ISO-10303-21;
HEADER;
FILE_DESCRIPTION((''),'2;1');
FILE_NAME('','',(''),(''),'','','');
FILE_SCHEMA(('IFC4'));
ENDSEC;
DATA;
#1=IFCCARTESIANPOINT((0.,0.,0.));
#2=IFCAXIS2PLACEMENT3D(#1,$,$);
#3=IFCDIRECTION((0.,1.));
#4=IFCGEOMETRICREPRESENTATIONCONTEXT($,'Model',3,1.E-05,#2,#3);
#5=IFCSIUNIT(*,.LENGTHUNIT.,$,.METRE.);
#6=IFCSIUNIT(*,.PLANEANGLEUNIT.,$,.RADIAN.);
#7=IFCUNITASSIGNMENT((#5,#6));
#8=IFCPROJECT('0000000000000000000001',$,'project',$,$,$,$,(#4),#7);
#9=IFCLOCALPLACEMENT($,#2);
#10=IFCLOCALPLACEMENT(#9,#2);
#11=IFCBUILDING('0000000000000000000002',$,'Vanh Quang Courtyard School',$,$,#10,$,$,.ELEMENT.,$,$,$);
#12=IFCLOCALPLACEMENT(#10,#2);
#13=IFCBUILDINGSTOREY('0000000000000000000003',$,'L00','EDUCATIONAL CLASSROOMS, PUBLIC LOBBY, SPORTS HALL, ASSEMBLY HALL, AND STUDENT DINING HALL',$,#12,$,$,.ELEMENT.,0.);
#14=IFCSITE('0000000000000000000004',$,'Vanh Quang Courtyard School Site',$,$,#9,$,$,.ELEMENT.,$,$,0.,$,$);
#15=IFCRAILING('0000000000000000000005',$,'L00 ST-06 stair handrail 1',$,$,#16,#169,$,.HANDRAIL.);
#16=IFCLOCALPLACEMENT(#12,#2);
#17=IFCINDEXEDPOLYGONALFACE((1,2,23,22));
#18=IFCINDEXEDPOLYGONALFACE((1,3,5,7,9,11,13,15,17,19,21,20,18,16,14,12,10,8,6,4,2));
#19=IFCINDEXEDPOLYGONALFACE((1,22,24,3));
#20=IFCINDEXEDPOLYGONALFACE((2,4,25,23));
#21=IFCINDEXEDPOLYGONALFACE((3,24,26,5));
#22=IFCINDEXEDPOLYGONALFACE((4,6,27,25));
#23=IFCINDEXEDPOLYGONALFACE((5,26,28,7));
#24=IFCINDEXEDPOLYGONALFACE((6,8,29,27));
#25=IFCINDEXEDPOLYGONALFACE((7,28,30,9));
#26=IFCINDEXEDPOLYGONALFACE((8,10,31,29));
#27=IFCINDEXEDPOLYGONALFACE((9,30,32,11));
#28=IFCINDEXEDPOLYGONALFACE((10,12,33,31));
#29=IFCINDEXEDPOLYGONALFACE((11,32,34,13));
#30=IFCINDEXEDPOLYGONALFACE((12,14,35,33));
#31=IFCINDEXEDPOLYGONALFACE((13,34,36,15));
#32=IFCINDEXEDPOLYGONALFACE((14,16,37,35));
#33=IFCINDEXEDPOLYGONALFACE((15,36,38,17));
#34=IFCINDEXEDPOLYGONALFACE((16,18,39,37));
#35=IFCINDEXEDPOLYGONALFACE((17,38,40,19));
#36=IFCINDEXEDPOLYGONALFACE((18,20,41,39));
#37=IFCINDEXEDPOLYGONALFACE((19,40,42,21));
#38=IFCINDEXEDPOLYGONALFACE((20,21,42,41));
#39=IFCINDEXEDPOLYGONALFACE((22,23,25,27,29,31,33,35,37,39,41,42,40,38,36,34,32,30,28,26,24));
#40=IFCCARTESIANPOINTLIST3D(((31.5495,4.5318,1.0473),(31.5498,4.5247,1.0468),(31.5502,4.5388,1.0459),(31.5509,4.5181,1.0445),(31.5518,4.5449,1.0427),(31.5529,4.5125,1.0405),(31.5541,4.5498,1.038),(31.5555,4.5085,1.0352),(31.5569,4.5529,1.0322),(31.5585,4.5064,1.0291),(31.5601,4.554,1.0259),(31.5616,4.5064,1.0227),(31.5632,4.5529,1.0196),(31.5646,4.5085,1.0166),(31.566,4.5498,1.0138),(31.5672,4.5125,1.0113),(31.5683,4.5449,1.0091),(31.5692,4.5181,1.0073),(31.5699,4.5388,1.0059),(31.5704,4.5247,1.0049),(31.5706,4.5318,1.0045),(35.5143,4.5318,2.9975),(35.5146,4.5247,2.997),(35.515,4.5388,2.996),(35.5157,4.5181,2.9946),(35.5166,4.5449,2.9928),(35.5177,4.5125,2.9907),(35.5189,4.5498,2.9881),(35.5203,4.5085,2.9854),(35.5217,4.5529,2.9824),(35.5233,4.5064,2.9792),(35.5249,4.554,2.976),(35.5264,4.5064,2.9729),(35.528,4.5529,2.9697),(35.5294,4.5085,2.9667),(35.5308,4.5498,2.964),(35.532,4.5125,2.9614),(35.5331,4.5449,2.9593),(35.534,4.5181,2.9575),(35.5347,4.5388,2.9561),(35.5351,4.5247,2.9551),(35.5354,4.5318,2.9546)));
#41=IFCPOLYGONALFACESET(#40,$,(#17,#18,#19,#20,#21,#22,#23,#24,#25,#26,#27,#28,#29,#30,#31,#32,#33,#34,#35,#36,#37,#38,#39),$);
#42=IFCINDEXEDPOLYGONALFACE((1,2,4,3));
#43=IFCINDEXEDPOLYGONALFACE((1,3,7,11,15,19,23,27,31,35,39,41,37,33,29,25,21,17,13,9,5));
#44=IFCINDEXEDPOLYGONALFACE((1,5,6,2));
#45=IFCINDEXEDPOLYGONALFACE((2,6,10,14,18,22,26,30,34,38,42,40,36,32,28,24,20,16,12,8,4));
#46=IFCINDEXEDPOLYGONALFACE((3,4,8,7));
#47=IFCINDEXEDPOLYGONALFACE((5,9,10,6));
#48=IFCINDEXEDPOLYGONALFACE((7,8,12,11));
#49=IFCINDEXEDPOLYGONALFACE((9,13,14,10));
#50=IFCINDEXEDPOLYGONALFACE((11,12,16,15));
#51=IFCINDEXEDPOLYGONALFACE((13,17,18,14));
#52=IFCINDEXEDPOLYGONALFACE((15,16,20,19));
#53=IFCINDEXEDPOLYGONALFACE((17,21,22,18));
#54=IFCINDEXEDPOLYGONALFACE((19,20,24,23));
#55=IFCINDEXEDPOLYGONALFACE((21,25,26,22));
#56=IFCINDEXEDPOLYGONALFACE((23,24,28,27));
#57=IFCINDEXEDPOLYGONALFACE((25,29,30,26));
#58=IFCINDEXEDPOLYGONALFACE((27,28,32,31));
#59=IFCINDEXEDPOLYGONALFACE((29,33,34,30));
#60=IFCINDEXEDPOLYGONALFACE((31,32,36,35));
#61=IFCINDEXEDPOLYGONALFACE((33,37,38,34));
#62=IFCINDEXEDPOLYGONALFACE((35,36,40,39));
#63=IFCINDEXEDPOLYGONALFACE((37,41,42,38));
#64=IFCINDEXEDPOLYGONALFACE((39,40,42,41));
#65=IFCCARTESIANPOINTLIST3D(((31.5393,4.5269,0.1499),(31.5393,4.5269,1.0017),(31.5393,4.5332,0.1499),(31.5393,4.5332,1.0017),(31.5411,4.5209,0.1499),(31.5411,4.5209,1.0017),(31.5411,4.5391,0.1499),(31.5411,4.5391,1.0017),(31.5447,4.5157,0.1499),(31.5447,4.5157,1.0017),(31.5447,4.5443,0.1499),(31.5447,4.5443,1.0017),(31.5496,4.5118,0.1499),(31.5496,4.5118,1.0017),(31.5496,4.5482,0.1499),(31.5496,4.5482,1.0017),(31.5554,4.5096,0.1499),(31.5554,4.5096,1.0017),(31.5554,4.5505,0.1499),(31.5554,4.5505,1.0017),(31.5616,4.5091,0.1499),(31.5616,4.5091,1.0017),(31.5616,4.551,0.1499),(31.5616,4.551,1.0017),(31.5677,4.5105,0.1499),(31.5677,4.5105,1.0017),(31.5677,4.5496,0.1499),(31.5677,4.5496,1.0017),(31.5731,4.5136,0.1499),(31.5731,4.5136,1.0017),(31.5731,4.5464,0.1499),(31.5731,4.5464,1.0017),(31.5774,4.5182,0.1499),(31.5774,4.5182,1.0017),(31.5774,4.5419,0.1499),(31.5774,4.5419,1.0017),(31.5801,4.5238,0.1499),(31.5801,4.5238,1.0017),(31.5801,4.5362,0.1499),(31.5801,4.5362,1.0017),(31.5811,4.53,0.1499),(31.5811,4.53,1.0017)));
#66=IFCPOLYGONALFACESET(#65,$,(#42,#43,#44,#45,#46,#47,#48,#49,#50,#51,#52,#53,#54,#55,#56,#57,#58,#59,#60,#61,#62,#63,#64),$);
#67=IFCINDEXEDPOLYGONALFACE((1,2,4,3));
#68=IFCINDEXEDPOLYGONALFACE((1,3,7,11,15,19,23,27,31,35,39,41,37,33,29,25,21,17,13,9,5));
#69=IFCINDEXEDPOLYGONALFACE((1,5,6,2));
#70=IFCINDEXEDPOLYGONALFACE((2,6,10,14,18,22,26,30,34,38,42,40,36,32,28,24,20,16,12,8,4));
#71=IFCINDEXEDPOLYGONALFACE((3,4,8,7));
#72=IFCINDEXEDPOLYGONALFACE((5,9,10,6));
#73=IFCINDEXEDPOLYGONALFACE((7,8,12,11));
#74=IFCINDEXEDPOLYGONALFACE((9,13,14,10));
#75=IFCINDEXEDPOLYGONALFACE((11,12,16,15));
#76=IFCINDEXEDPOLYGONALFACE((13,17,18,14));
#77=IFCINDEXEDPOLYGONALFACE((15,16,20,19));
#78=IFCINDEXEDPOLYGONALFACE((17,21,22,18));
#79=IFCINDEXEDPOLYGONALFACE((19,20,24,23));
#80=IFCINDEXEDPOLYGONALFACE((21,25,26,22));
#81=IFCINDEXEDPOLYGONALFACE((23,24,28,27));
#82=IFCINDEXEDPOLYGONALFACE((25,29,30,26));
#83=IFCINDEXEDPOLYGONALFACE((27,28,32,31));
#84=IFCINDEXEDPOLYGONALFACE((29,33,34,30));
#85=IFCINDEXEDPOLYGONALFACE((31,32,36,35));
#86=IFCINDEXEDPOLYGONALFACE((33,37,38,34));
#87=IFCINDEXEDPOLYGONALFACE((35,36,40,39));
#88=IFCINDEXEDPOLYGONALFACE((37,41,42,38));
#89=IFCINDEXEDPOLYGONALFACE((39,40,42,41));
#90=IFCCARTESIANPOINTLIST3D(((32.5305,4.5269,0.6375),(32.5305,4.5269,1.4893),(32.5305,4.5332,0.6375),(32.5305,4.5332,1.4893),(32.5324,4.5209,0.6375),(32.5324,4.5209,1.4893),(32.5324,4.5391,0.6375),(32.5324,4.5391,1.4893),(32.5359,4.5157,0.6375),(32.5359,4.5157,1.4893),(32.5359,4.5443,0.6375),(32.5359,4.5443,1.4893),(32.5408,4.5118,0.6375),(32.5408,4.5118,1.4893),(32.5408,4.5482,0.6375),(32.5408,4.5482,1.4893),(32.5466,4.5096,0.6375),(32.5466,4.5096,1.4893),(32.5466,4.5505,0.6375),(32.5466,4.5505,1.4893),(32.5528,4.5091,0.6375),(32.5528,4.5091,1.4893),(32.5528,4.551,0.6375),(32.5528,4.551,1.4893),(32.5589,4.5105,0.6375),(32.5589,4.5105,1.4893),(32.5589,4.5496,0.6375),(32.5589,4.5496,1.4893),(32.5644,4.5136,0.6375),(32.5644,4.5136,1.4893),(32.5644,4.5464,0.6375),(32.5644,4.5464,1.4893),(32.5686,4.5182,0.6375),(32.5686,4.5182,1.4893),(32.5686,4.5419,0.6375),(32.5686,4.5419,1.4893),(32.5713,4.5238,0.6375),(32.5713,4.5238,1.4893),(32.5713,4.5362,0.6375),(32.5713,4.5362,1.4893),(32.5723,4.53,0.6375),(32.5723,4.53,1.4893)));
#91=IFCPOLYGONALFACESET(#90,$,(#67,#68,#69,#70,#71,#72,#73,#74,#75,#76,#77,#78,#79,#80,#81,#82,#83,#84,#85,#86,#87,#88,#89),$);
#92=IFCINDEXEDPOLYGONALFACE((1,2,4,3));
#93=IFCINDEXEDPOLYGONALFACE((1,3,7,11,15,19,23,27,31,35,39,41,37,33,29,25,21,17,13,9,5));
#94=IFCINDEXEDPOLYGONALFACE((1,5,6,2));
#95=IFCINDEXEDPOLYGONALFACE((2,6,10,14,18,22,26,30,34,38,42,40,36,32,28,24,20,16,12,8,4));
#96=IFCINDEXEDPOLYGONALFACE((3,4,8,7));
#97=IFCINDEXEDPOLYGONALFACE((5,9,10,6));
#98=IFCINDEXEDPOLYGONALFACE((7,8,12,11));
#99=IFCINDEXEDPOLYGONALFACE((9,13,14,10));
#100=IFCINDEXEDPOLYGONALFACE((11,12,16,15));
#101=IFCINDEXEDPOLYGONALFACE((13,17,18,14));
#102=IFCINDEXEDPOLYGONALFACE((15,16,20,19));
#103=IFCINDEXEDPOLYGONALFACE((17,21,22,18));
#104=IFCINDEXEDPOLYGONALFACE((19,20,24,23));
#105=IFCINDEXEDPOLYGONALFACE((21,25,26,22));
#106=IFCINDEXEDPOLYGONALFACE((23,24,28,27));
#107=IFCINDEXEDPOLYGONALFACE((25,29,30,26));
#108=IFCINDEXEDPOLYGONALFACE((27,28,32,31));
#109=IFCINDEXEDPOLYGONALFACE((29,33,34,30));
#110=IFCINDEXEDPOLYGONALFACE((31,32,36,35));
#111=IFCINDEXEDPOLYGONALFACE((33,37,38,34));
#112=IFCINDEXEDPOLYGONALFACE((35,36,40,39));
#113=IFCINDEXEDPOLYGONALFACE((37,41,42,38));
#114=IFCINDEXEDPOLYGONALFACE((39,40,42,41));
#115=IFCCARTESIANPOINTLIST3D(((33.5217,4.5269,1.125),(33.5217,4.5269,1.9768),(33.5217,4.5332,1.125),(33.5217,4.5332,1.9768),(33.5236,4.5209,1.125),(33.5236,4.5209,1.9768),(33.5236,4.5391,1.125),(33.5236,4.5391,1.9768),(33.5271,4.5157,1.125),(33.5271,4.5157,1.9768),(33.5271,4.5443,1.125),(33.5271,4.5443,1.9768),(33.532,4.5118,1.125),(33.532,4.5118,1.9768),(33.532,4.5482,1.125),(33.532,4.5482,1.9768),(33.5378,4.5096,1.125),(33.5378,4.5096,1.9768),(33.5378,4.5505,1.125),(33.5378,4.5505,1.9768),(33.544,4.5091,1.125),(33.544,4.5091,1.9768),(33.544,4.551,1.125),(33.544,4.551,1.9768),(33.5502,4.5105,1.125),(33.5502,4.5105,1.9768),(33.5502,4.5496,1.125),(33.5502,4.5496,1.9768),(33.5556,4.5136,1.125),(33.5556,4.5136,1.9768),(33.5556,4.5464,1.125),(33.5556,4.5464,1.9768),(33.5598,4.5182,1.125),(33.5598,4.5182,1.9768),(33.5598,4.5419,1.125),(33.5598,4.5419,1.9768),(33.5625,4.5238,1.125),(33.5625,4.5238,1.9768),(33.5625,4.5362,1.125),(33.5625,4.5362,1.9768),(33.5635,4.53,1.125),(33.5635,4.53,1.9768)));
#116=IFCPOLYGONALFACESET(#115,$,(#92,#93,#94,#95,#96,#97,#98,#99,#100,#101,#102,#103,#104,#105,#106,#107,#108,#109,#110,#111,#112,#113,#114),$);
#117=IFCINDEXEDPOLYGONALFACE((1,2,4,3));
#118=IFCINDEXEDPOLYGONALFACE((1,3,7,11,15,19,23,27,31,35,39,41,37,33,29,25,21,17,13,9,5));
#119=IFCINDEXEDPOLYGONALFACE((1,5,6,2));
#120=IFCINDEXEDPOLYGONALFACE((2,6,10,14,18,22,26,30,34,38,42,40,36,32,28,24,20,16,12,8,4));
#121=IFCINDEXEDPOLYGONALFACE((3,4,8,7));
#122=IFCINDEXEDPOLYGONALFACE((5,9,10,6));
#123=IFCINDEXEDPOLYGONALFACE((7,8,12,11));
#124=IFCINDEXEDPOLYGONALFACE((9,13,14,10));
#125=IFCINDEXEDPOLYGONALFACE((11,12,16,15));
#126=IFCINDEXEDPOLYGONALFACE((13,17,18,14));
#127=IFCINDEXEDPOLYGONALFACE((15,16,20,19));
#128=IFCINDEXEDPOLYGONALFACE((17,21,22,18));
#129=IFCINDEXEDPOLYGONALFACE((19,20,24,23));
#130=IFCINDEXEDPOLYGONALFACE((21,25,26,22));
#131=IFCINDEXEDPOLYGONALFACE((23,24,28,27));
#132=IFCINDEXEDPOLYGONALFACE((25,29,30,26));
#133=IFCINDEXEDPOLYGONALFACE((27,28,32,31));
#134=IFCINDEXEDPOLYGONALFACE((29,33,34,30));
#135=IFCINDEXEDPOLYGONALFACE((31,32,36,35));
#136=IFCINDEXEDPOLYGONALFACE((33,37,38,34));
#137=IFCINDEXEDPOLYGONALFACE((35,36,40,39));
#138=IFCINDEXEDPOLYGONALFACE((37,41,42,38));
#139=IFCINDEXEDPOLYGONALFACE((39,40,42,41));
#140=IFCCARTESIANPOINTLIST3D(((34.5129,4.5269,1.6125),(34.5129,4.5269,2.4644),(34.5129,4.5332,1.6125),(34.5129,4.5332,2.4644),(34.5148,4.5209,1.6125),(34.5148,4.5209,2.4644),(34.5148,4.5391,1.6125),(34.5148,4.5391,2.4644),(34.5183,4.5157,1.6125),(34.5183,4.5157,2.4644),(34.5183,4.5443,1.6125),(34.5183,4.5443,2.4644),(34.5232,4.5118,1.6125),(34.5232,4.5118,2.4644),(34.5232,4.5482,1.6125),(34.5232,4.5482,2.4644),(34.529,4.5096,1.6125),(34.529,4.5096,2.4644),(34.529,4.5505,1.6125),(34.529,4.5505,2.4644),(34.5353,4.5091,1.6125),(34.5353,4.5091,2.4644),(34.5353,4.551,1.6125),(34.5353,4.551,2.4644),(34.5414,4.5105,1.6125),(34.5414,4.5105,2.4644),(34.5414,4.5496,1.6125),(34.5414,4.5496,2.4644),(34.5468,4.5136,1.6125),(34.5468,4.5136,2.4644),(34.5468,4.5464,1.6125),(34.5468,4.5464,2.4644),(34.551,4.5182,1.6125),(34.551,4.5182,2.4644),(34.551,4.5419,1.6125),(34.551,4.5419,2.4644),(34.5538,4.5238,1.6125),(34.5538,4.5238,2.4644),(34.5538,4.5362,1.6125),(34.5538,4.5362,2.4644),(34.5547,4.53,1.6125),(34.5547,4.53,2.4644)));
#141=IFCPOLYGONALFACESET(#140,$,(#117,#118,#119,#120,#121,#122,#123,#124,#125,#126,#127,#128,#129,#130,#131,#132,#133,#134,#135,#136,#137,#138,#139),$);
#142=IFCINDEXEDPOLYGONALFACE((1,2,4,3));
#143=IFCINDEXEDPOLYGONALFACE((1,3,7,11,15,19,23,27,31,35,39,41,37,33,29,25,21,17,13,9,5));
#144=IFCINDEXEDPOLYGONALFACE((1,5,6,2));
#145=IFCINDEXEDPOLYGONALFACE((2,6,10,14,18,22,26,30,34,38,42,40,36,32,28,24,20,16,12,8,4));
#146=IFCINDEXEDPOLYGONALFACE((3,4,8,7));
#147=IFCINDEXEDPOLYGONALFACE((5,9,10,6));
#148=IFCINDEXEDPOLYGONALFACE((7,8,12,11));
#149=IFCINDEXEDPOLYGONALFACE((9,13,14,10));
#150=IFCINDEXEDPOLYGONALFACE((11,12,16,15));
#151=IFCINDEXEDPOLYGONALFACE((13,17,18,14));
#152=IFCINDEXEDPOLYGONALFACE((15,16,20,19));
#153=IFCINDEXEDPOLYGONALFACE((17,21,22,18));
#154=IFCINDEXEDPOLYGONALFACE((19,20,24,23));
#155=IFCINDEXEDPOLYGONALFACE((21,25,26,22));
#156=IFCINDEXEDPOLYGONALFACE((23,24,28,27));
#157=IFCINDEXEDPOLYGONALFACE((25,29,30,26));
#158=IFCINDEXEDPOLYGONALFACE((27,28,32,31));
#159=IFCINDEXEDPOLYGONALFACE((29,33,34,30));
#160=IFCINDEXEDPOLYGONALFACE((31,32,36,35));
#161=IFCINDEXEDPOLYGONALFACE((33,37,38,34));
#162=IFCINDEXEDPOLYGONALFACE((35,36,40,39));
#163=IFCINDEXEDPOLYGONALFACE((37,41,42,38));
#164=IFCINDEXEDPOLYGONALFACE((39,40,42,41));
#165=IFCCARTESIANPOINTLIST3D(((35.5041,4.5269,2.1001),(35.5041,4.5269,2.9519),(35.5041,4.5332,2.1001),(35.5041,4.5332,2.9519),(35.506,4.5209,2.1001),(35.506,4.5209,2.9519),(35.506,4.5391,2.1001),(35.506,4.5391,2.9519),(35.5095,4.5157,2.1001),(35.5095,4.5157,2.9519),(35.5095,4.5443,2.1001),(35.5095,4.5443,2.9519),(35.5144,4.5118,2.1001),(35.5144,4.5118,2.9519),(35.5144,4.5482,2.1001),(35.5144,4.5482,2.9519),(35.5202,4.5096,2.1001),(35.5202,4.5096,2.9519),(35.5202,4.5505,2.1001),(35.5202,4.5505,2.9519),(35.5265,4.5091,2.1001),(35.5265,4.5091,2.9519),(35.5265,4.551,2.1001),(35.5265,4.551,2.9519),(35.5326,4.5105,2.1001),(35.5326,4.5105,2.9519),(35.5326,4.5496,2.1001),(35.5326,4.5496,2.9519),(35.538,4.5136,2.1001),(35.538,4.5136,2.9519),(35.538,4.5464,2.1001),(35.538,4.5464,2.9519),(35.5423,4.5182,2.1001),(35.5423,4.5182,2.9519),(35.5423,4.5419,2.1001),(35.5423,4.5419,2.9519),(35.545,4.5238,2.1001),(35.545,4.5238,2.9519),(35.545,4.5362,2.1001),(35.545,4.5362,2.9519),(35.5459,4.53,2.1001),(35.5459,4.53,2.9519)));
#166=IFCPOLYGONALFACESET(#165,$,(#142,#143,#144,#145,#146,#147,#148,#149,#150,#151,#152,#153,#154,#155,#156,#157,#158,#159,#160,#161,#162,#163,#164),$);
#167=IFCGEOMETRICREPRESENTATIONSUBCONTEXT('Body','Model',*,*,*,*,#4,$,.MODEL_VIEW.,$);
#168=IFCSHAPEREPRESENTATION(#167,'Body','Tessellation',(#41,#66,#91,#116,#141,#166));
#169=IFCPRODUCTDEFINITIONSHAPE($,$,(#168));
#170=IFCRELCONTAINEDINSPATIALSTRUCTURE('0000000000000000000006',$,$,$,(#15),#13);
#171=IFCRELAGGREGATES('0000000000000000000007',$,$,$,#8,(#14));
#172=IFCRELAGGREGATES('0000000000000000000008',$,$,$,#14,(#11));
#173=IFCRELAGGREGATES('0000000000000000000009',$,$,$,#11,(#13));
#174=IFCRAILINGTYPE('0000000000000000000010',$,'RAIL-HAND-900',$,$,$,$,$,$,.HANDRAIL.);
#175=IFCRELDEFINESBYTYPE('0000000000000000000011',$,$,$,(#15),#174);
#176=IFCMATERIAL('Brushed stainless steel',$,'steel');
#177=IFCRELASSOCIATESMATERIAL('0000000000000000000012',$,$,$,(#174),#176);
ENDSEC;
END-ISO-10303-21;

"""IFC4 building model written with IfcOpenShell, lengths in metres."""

from ifc_helpers import new_model, si_unit, direction, frame, origin, origin_2d, place, context, subcontext, project, spatial, circle, extrude, material, type_object, element, save


model = new_model("IFC4")

# Units and contexts
model_context = context("Model", 3, precision=1e-05, world=origin(), true_north=direction((0.0, 1.0)))
body_context = subcontext(model_context, "Body", "Model", "MODEL_VIEW")
ifc_project = project(units=[si_unit("LENGTHUNIT", "METRE"), si_unit("PLANEANGLEUNIT", "RADIAN")], contexts=[model_context])

# Site, building, storey
site_placement = place(None, origin())
site = spatial("IfcSite", under=ifc_project, at=site_placement, Name="Vanh Quang Courtyard School Site", CompositionType="ELEMENT", RefElevation=0.0)
building_placement = place(site_placement, origin())
building = spatial("IfcBuilding", under=site, at=building_placement, Name="Vanh Quang Courtyard School", CompositionType="ELEMENT")
storey_placement = place(building_placement, origin())
storey = spatial("IfcBuildingStorey", under=building, at=storey_placement, Name="L00", Description="EDUCATIONAL CLASSROOMS, PUBLIC LOBBY, SPORTS HALL, ASSEMBLY HALL, AND STUDENT DINING HALL", CompositionType="ELEMENT", Elevation=0.0)

# Railing
ifc_material_1 = material(Name="Brushed stainless steel", Category="steel")
railing_type_1 = type_object("IfcRailingType", Name="RAIL-HAND-900", PredefinedType="HANDRAIL", material=ifc_material_1)
railing_1_placement = place(storey_placement, frame((31.5601, 4.53, 0.1499)))
element("IfcRailing", 1, at=railing_1_placement, inside=storey, type_object=railing_type_1, Name="L00 ST-06 stair handrail 1", PredefinedType="HANDRAIL", context=body_context, shape_type="SweptSolid", body=[
    extrude(circle(Radius=0.0239, at=origin_2d()), frame((0.0, 0.0, 0.876), z_axis=(0.897326, 0.0, 0.441369), x_axis=(0.0, 1.0, 0.0)), (0.0, 0.0, 1.0), 4.4185),
    extrude(circle(Radius=0.021, at=origin_2d()), origin(), (0.0, 0.0, 1.0), 0.8518),
    extrude(circle(Radius=0.021, at=origin_2d()), frame((0.9912, 0.0, 0.4875)), (0.0, 0.0, 1.0), 0.8518),
    extrude(circle(Radius=0.021, at=origin_2d()), frame((1.9824, 0.0, 0.9751)), (0.0, 0.0, 1.0), 0.8518),
    extrude(circle(Radius=0.021, at=origin_2d()), frame((2.9736, 0.0, 1.4626)), (0.0, 0.0, 1.0), 0.8518),
    extrude(circle(Radius=0.021, at=origin_2d()), frame((3.9648, 0.0, 1.9502)), (0.0, 0.0, 1.0), 0.8518),
])

save(model, "model.ifc")
